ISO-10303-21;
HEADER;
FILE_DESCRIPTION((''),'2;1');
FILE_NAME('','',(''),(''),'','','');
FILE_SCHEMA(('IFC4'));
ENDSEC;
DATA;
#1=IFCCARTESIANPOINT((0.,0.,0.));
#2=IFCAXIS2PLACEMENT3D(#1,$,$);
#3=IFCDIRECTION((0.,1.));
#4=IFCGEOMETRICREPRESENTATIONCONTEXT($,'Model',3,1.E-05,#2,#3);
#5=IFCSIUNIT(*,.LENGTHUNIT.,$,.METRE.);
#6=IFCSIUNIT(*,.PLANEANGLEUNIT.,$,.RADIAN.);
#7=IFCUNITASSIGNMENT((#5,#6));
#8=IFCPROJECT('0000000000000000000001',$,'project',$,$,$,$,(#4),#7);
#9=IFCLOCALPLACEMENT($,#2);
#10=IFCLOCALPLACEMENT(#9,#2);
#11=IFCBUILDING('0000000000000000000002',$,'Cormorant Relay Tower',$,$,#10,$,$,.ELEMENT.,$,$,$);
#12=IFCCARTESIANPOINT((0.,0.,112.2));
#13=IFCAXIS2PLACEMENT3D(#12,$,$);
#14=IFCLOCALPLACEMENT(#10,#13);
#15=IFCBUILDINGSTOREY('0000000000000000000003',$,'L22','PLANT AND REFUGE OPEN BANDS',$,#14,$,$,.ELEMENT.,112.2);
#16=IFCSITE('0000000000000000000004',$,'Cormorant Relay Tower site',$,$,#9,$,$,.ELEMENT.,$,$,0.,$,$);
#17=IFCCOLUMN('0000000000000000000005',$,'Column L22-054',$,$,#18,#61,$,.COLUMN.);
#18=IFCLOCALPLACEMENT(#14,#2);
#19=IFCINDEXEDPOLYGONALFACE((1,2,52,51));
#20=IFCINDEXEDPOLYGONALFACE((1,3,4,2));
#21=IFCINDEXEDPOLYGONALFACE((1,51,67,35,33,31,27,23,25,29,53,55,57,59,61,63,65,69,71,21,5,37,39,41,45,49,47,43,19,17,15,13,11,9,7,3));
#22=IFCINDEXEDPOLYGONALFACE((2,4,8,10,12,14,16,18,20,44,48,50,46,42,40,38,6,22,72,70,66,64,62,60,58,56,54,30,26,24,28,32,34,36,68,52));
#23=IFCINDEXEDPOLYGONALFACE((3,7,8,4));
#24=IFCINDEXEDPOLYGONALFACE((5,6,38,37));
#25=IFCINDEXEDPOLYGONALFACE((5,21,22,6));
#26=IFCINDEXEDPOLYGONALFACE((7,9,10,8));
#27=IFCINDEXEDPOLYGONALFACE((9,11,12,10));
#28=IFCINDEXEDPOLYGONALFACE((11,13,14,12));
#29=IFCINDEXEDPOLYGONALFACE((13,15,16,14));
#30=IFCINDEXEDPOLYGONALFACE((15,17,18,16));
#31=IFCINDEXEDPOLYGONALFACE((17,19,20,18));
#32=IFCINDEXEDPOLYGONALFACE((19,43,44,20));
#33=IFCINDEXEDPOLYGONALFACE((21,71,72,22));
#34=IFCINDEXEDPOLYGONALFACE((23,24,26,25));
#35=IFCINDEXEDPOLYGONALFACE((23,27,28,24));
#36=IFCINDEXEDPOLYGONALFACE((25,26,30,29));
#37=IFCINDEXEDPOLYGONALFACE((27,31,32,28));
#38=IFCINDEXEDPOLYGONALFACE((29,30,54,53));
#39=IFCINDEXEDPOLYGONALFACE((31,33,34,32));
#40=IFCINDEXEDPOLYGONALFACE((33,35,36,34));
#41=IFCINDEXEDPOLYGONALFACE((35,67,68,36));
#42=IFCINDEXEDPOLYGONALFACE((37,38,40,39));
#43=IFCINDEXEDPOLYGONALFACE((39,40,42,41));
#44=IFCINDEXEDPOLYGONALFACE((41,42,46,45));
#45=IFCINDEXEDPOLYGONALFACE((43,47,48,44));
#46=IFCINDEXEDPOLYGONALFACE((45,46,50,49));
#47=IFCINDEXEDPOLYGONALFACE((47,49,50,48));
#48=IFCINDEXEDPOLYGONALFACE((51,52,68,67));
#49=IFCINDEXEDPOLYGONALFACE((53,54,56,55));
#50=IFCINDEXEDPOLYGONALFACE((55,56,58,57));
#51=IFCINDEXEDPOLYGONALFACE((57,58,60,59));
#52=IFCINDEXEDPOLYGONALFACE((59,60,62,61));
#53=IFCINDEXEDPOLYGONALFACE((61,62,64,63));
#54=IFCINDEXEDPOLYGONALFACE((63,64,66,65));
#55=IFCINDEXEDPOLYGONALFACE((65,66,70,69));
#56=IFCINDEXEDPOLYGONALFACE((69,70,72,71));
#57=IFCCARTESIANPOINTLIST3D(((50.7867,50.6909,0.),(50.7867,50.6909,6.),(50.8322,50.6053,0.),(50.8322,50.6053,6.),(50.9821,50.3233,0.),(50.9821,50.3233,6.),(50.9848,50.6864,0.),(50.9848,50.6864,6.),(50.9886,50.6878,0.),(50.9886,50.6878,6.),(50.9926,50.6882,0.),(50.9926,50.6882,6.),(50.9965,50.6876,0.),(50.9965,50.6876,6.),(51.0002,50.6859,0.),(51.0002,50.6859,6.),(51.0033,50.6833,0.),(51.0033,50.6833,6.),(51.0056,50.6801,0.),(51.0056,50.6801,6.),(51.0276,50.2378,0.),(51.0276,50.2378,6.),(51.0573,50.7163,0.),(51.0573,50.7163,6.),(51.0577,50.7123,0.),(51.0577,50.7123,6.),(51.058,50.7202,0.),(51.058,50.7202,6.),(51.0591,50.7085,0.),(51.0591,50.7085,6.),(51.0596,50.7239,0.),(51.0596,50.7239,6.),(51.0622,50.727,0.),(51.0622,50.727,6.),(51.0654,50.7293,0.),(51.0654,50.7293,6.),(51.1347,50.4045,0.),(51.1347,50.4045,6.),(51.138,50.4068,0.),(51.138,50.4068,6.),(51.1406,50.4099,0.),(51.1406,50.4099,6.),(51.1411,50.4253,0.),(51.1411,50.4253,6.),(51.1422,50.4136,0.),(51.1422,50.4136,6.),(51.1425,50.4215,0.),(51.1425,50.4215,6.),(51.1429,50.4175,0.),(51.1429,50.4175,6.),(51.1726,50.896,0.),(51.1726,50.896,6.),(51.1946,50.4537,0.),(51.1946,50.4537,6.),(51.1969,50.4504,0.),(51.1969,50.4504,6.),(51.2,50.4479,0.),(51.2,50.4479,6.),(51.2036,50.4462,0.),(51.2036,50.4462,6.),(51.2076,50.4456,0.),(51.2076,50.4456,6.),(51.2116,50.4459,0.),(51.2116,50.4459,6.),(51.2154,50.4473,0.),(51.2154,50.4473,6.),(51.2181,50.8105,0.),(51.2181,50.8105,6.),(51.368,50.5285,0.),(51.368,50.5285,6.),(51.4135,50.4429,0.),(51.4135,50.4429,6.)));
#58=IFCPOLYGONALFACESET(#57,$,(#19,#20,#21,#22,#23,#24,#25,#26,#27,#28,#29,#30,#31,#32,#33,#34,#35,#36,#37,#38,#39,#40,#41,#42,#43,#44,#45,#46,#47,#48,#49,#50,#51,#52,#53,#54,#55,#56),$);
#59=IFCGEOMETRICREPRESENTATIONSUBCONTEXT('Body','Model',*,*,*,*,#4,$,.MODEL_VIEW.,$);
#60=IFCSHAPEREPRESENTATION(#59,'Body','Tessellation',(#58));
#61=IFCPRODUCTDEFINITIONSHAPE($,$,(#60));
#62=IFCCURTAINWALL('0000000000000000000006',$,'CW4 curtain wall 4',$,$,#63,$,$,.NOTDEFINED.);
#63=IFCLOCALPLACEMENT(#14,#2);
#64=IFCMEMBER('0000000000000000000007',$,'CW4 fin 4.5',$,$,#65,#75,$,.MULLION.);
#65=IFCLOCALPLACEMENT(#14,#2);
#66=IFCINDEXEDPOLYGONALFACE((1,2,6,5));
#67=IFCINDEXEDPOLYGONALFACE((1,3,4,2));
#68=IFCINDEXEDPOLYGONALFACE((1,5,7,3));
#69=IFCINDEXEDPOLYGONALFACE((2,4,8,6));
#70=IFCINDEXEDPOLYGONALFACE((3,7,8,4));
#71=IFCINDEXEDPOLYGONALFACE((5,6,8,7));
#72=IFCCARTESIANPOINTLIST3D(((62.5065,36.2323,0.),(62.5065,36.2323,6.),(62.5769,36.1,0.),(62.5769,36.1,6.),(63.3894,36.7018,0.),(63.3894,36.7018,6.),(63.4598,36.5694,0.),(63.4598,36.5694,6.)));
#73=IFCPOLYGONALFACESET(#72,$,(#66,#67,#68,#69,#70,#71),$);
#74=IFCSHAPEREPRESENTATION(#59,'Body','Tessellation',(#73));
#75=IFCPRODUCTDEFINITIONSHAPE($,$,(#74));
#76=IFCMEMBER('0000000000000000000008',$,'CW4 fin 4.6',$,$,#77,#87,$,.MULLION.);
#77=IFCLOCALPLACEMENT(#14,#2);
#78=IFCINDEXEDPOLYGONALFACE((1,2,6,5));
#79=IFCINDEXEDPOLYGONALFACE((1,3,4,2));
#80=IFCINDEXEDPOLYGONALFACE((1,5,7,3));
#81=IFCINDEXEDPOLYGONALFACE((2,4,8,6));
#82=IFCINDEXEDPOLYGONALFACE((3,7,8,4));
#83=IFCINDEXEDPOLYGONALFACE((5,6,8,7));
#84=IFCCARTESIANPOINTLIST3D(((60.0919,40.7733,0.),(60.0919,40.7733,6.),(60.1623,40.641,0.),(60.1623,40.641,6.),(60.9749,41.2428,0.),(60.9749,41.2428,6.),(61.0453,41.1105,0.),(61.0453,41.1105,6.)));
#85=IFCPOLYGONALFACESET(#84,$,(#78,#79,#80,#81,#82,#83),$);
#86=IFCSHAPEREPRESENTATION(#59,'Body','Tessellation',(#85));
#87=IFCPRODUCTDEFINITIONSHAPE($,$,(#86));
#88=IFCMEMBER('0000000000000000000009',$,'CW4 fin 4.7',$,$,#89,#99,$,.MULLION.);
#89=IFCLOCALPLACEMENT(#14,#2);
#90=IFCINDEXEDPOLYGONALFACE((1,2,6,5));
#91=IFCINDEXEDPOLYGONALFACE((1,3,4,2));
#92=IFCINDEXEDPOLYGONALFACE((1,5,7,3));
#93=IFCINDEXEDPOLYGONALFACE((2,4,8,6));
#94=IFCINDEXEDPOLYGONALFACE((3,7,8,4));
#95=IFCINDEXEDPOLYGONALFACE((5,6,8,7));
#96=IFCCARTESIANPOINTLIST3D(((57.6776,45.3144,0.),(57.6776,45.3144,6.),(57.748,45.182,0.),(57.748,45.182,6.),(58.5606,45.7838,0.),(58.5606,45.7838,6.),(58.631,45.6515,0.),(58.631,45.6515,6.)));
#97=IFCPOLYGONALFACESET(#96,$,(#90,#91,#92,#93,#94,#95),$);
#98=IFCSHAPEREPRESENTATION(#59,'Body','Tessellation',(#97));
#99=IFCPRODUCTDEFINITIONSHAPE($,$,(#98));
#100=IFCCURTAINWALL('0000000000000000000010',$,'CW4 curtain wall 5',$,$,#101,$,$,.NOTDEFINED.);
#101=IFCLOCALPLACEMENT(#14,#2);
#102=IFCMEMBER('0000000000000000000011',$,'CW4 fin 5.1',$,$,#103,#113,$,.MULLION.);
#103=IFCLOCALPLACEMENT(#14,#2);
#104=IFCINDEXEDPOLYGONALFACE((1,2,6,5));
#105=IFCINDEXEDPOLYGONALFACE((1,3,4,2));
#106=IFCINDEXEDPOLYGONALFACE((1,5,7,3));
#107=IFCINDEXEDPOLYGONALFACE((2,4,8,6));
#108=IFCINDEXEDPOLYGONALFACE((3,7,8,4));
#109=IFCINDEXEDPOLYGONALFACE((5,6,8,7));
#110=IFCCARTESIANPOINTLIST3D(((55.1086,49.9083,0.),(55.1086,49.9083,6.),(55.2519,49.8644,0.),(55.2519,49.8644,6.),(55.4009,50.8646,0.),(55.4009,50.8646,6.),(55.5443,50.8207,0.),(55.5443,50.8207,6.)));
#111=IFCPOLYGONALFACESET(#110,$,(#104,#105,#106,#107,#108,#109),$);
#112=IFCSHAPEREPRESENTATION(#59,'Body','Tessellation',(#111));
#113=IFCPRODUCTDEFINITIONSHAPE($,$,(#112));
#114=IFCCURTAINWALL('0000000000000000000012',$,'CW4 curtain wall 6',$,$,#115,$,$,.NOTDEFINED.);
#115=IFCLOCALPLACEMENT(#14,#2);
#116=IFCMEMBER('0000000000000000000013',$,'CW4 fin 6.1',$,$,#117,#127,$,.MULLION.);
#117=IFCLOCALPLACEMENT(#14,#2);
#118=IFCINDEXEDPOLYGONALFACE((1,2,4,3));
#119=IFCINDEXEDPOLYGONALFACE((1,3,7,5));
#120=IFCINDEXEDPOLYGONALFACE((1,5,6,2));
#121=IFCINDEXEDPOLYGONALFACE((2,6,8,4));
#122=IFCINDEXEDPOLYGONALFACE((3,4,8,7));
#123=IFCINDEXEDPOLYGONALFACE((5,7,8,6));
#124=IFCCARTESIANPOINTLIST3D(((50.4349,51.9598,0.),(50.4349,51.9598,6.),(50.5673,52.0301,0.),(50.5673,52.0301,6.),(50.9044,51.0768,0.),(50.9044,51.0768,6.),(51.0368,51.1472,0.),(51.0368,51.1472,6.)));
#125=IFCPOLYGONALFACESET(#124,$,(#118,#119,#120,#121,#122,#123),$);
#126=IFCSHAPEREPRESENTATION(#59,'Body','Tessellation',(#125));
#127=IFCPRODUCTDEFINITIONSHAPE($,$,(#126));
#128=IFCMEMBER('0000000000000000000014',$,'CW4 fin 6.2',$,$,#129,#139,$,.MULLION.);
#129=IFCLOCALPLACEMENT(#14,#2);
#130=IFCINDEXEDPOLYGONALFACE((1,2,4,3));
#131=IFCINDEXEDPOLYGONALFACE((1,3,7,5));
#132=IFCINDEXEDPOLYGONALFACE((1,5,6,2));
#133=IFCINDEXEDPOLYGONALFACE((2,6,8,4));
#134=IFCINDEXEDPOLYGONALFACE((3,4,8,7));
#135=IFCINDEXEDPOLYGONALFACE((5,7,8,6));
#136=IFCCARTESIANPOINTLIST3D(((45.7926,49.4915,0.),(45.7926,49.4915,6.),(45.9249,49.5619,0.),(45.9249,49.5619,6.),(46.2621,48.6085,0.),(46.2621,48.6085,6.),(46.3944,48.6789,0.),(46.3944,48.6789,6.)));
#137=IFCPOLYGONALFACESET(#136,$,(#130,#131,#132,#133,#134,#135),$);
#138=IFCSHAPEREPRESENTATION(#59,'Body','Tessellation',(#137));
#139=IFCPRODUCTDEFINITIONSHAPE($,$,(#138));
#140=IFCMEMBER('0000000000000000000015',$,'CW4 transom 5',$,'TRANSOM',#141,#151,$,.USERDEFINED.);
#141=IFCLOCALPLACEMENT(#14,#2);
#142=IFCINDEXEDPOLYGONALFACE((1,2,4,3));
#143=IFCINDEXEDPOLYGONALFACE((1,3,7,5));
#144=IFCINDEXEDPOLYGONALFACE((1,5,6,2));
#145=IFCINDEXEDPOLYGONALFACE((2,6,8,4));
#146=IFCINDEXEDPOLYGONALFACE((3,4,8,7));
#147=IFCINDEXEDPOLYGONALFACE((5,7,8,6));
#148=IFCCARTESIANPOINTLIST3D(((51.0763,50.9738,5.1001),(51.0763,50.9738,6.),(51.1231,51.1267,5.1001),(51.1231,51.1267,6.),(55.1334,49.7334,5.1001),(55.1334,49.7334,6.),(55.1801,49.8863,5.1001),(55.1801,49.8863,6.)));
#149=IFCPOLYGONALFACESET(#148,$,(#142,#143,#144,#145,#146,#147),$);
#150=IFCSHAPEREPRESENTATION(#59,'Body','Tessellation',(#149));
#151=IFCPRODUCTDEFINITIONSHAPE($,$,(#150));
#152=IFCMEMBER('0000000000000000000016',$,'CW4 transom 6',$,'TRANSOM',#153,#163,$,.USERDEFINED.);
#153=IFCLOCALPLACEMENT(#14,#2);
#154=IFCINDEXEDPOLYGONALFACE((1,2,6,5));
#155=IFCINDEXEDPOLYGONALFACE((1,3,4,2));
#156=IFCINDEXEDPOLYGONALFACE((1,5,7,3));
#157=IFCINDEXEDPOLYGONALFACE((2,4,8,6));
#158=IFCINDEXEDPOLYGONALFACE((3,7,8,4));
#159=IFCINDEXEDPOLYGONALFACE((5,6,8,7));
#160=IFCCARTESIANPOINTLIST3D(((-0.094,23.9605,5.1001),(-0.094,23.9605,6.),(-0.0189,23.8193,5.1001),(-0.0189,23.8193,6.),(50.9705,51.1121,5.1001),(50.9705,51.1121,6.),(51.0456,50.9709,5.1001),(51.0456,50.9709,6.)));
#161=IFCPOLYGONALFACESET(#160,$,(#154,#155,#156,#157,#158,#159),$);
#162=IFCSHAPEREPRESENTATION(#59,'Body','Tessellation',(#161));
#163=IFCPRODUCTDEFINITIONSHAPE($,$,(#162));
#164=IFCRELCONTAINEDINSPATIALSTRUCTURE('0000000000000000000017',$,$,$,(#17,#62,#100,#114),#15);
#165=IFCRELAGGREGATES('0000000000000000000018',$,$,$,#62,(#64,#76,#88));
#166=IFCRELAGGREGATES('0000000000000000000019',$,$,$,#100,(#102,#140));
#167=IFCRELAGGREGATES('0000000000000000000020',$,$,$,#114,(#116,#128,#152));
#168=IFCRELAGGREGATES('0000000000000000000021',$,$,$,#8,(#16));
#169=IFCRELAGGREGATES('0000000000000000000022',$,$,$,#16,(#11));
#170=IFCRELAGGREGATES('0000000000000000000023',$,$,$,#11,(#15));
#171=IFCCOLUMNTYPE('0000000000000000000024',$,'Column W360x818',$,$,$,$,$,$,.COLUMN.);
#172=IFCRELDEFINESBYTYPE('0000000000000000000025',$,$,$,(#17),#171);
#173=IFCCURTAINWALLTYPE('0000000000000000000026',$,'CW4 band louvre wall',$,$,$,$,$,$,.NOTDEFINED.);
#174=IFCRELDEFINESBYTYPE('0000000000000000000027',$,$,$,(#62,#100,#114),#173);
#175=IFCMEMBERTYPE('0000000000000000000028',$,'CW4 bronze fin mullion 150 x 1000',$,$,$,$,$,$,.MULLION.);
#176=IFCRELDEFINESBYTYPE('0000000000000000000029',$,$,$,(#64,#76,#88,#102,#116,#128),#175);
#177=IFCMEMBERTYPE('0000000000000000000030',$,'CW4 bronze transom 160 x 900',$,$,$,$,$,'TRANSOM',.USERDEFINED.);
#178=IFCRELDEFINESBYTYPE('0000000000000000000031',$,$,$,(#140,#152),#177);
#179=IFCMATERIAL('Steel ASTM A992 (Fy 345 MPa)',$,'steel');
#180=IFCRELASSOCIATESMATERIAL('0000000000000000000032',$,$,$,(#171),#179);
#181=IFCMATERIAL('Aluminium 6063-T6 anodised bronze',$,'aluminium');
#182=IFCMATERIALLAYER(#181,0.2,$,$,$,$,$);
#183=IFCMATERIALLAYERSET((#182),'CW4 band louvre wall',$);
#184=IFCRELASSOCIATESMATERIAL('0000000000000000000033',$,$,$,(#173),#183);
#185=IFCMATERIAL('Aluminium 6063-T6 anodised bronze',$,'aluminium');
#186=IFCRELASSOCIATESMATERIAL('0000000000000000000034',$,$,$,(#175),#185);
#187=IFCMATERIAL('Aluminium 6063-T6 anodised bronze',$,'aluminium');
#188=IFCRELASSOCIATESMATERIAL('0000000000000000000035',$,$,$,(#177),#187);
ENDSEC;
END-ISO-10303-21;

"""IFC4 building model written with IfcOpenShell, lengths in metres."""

from ifc_helpers import new_model, si_unit, direction, frame, origin, origin_2d, place, context, subcontext, project, spatial, rectangle, i_section, extrude, material, layer, layer_set, material_profile, profile_set, type_object, element, aggregate, save


model = new_model("IFC4")

# Units and contexts
model_context = context("Model", 3, precision=1e-05, world=origin(), true_north=direction((0.0, 1.0)))
body_context = subcontext(model_context, "Body", "Model", "MODEL_VIEW")
ifc_project = project(units=[si_unit("LENGTHUNIT", "METRE"), si_unit("PLANEANGLEUNIT", "RADIAN")], contexts=[model_context])

# Site, building, storey
site_placement = place(None, origin())
site = spatial("IfcSite", under=ifc_project, at=site_placement, Name="Cormorant Relay Tower site", CompositionType="ELEMENT", RefElevation=0.0)
building_placement = place(site_placement, origin())
building = spatial("IfcBuilding", under=site, at=building_placement, Name="Cormorant Relay Tower", CompositionType="ELEMENT")
storey_placement = place(building_placement, frame((0.0, 0.0, 112.2)))
storey = spatial("IfcBuildingStorey", under=building, at=storey_placement, Name="L22", Description="PLANT AND REFUGE OPEN BANDS", CompositionType="ELEMENT", Elevation=112.2)

# Column
ifc_material_1 = material(Name="Steel ASTM A992 (Fy 345 MPa)", Category="steel")
ifc_material_profile_1 = material_profile(ifc_material_1, i_section(OverallWidth=0.437, OverallDepth=0.5132, WebThickness=0.0605, FlangeThickness=0.0969, FilletRadius=0.0154, at=origin_2d()), Name="W360x818")
ifc_profile_set_1 = profile_set([ifc_material_profile_1], Name="Steel ASTM A992 (Fy 345 MPa)")
column_type_1 = type_object("IfcColumnType", Name="Column W360x818", PredefinedType="COLUMN", material=ifc_profile_set_1)
for number, where, z_axis, x_axis, name in (
    (1, (51.1001, 50.5669, 0.0), (0.0, 0.0, 1.0), (-0.882948, -0.469472, 0.0), "Column L22-054"),
):
    element("IfcColumn", number, at=place(storey_placement, frame(where, z_axis=z_axis, x_axis=x_axis)), inside=storey, type_object=column_type_1, Name=name, PredefinedType="COLUMN", context=body_context, shape_type="SweptSolid", body=[
        extrude(i_section(OverallWidth=0.437, OverallDepth=0.5132, WebThickness=0.0605, FlangeThickness=0.0969, FilletRadius=0.0154, at=origin_2d()), origin(), (0.0, 0.0, 1.0), 6.0),
    ])

# Curtain wall, members
ifc_material_2 = material(Name="Aluminium 6063-T6 anodised bronze", Category="aluminium")
ifc_layer_1 = layer(ifc_material_2, 0.2)
ifc_layer_set_1 = layer_set([ifc_layer_1], Name="CW4 band louvre wall")
curtain_wall_type = type_object("IfcCurtainWallType", Name="CW4 band louvre wall", PredefinedType="NOTDEFINED", material=ifc_layer_set_1)
curtain_wall_1_placement = place(storey_placement, origin())
curtain_wall_1 = element("IfcCurtainWall", 2, at=curtain_wall_1_placement, inside=storey, type_object=curtain_wall_type, Name="CW4 curtain wall 4", PredefinedType="NOTDEFINED")
ifc_material_3 = material(Name="Aluminium 6063-T6 anodised bronze", Category="aluminium")
ifc_material_profile_2 = material_profile(ifc_material_3, rectangle(XDim=0.1499, YDim=1.0, at=origin_2d()), Name="AL 150x1000")
ifc_profile_set_2 = profile_set([ifc_material_profile_2], Name="Aluminium 6063-T6 anodised bronze")
member_type_1 = type_object("IfcMemberType", Name="CW4 bronze fin mullion 150 x 1000", PredefinedType="MULLION", material=ifc_profile_set_2)
member_1_placement = place(storey_placement, frame((62.9832, 36.4009, 0.0), z_axis=(0.0, 0.0, 1.0), x_axis=(-0.469472, 0.882948, 0.0)))
member_1 = element("IfcMember", 3, at=member_1_placement, type_object=member_type_1, Name="CW4 fin 4.5", PredefinedType="MULLION", context=body_context, shape_type="SweptSolid", body=[
    extrude(rectangle(XDim=0.1499, YDim=1.0, at=origin_2d()), origin(), (0.0, 0.0, 1.0), 6.0),
])
member_2_placement = place(storey_placement, frame((60.5686, 40.9419, 0.0), z_axis=(0.0, 0.0, 1.0), x_axis=(-0.469472, 0.882948, 0.0)))
member_2 = element("IfcMember", 4, at=member_2_placement, type_object=member_type_1, Name="CW4 fin 4.6", PredefinedType="MULLION", context=body_context, shape_type="SweptSolid", body=[
    extrude(rectangle(XDim=0.1499, YDim=1.0, at=origin_2d()), origin(), (0.0, 0.0, 1.0), 6.0),
])
member_3_placement = place(storey_placement, frame((58.1543, 45.4829, 0.0), z_axis=(0.0, 0.0, 1.0), x_axis=(-0.469472, 0.882948, 0.0)))
member_3 = element("IfcMember", 5, at=member_3_placement, type_object=member_type_1, Name="CW4 fin 4.7", PredefinedType="MULLION", context=body_context, shape_type="SweptSolid", body=[
    extrude(rectangle(XDim=0.1499, YDim=1.0, at=origin_2d()), origin(), (0.0, 0.0, 1.0), 6.0),
])

# Curtain wall, member
curtain_wall_2_placement = place(storey_placement, origin())
curtain_wall_2 = element("IfcCurtainWall", 6, at=curtain_wall_2_placement, inside=storey, type_object=curtain_wall_type, Name="CW4 curtain wall 5", PredefinedType="NOTDEFINED")
member_4_placement = place(storey_placement, frame((55.3264, 50.3645, 0.0), z_axis=(0.0, 0.0, 1.0), x_axis=(-0.956305, 0.292372, 0.0)))
member_4 = element("IfcMember", 7, at=member_4_placement, type_object=member_type_1, Name="CW4 fin 5.1", PredefinedType="MULLION", context=body_context, shape_type="SweptSolid", body=[
    extrude(rectangle(XDim=0.1499, YDim=1.0, at=origin_2d()), origin(), (0.0, 0.0, 1.0), 6.0),
])

# Curtain wall, members
curtain_wall_3_placement = place(storey_placement, origin())
curtain_wall_3 = element("IfcCurtainWall", 8, at=curtain_wall_3_placement, inside=storey, type_object=curtain_wall_type, Name="CW4 curtain wall 6", PredefinedType="NOTDEFINED")
member_5_placement = place(storey_placement, frame((50.7358, 51.5535, 0.0), z_axis=(0.0, 0.0, 1.0), x_axis=(-0.882948, -0.469472, 0.0)))
member_5 = element("IfcMember", 9, at=member_5_placement, type_object=member_type_1, Name="CW4 fin 6.1", PredefinedType="MULLION", context=body_context, shape_type="SweptSolid", body=[
    extrude(rectangle(XDim=0.1499, YDim=1.0, at=origin_2d()), origin(), (0.0, 0.0, 1.0), 6.0),
])
member_6_placement = place(storey_placement, frame((46.0935, 49.0852, 0.0), z_axis=(0.0, 0.0, 1.0), x_axis=(-0.882948, -0.469472, 0.0)))
member_6 = element("IfcMember", 10, at=member_6_placement, type_object=member_type_1, Name="CW4 fin 6.2", PredefinedType="MULLION", context=body_context, shape_type="SweptSolid", body=[
    extrude(rectangle(XDim=0.1499, YDim=1.0, at=origin_2d()), origin(), (0.0, 0.0, 1.0), 6.0),
])

# Members
ifc_material_4 = material(Name="Aluminium 6063-T6 anodised bronze", Category="aluminium")
ifc_material_profile_3 = material_profile(ifc_material_4, rectangle(XDim=0.1599, YDim=0.8999, at=origin_2d()), Name="AL 160x900")
ifc_profile_set_3 = profile_set([ifc_material_profile_3], Name="Aluminium 6063-T6 anodised bronze")
member_type_2 = type_object("IfcMemberType", Name="CW4 bronze transom 160 x 900", ElementType="TRANSOM", PredefinedType="USERDEFINED", material=ifc_profile_set_3)
member_7_placement = place(storey_placement, frame((55.1567, 49.8098, 5.55), z_axis=(-0.956299, 0.292391, 0.0), x_axis=(-0.292391, -0.956299, 0.0)))
member_7 = element("IfcMember", 11, at=member_7_placement, type_object=member_type_2, Name="CW4 transom 5", ObjectType="TRANSOM", PredefinedType="USERDEFINED", context=body_context, shape_type="SweptSolid", body=[
    extrude(rectangle(XDim=0.1599, YDim=0.8999, at=origin_2d()), origin(), (0.0, 0.0, 1.0), 4.2424),
])
member_8_placement = place(storey_placement, frame((51.0081, 51.0415, 5.55), z_axis=(-0.882946, -0.469474, 0.0), x_axis=(0.469474, -0.882946, 0.0)))
member_8 = element("IfcMember", 12, at=member_8_placement, type_object=member_type_2, Name="CW4 transom 6", ObjectType="TRANSOM", PredefinedType="USERDEFINED", context=body_context, shape_type="SweptSolid", body=[
    extrude(rectangle(XDim=0.1599, YDim=0.8999, at=origin_2d()), origin(), (0.0, 0.0, 1.0), 57.8342),
])

aggregate(curtain_wall_1, [member_1, member_2, member_3])
aggregate(curtain_wall_2, [member_4, member_7])
aggregate(curtain_wall_3, [member_5, member_6, member_8])

save(model, "model.ifc")
